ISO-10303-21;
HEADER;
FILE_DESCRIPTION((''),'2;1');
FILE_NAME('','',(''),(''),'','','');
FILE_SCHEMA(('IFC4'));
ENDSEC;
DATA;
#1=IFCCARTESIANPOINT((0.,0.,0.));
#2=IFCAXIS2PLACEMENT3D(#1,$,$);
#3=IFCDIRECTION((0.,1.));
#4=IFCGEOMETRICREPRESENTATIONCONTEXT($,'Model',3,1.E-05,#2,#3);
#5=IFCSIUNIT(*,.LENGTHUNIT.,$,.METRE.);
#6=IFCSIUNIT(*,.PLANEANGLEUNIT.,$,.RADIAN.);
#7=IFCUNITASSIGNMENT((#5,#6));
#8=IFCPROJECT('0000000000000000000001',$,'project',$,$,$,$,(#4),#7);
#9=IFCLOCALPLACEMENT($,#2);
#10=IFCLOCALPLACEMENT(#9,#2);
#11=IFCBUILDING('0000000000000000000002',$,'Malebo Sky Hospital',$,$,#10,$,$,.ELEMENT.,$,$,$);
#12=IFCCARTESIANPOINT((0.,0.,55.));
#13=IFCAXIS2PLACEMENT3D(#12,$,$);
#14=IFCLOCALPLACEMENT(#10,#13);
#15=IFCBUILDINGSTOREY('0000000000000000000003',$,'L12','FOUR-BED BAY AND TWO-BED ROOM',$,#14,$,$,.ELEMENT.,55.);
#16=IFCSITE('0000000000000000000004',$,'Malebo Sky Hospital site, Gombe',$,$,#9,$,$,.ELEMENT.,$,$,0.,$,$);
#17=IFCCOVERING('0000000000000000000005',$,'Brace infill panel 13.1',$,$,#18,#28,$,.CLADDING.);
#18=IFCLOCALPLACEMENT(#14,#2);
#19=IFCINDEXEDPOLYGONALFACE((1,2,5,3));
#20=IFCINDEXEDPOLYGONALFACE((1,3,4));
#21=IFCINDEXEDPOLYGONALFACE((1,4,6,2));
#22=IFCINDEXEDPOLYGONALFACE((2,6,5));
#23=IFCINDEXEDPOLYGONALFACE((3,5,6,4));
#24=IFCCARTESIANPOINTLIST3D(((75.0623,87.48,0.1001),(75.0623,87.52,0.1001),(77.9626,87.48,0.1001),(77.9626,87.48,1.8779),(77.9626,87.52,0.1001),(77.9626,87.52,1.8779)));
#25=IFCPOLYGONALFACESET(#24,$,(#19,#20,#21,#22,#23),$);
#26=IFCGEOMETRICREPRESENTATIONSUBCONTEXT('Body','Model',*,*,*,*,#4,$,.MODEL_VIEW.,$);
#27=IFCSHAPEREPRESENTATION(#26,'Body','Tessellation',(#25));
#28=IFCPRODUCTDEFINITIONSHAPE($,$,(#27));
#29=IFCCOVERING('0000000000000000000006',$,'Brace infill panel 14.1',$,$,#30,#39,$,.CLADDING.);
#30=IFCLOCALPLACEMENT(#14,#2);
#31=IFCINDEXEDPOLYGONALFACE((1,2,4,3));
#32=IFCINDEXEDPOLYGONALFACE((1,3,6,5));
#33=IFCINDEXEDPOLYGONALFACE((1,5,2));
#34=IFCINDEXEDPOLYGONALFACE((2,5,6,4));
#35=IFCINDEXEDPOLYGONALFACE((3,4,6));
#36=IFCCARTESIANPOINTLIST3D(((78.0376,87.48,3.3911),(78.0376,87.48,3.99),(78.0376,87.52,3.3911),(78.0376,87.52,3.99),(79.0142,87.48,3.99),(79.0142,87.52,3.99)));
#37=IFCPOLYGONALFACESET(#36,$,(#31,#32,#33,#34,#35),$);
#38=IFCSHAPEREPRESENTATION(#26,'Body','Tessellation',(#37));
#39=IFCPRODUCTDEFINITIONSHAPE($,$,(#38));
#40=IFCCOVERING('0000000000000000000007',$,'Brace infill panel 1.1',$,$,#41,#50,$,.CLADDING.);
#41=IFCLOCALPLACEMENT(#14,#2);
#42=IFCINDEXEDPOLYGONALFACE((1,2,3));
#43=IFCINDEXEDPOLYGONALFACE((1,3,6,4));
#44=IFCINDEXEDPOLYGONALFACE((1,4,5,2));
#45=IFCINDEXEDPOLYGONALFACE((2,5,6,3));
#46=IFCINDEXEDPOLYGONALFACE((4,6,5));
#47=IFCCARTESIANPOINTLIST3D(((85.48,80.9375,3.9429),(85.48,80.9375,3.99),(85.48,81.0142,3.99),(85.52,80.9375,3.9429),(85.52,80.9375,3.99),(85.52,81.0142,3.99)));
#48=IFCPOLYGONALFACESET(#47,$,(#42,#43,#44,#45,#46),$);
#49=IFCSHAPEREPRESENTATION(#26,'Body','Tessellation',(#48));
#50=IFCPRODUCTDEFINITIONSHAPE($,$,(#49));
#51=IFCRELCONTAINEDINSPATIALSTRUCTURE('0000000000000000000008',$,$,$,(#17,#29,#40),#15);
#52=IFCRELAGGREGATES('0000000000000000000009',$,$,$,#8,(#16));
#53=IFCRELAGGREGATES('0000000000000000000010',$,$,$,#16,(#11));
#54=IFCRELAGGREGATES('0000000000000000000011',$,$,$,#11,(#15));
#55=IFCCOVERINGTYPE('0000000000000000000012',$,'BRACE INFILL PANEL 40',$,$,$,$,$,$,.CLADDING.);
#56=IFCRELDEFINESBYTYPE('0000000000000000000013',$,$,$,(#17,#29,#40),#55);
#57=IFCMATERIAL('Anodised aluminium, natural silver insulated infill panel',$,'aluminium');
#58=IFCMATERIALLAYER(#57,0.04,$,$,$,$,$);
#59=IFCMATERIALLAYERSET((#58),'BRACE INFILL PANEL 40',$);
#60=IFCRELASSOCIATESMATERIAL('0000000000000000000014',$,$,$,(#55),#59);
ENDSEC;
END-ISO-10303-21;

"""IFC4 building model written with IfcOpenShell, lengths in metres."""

from ifc_helpers import new_model, si_unit, direction, frame, origin, place, context, subcontext, project, spatial, polyline, outline, extrude, material, layer, layer_set, type_object, element, save


model = new_model("IFC4")

# Units and contexts
model_context = context("Model", 3, precision=1e-05, world=origin(), true_north=direction((0.0, 1.0)))
body_context = subcontext(model_context, "Body", "Model", "MODEL_VIEW")
ifc_project = project(units=[si_unit("LENGTHUNIT", "METRE"), si_unit("PLANEANGLEUNIT", "RADIAN")], contexts=[model_context])

# Site, building, storey
site_placement = place(None, origin())
site = spatial("IfcSite", under=ifc_project, at=site_placement, Name="Malebo Sky Hospital site, Gombe", CompositionType="ELEMENT", RefElevation=0.0)
building_placement = place(site_placement, origin())
building = spatial("IfcBuilding", under=site, at=building_placement, Name="Malebo Sky Hospital", CompositionType="ELEMENT")
storey_placement = place(building_placement, frame((0.0, 0.0, 55.0)))
storey = spatial("IfcBuildingStorey", under=building, at=storey_placement, Name="L12", Description="FOUR-BED BAY AND TWO-BED ROOM", CompositionType="ELEMENT", Elevation=55.0)

# Coverings
ifc_material_1 = material(Name="Anodised aluminium, natural silver insulated infill panel", Category="aluminium")
ifc_layer_1 = layer(ifc_material_1, 0.04)
ifc_layer_set_1 = layer_set([ifc_layer_1], Name="BRACE INFILL PANEL 40")
covering_type = type_object("IfcCoveringType", Name="BRACE INFILL PANEL 40", PredefinedType="CLADDING", material=ifc_layer_set_1)
covering_1_placement = place(storey_placement, frame((76.5125, 87.5, 0.1001), z_axis=(0.0, 0.0, 1.0), x_axis=(1.0, 0.0, 0.0)))
element("IfcCovering", 1, at=covering_1_placement, inside=storey, type_object=covering_type, Name="Brace infill panel 13.1", PredefinedType="CLADDING", context=body_context, shape_type="SweptSolid", body=[
    extrude(outline(polyline([(-1.4502, 0.0), (1.4502, 0.0), (1.4502, 1.7778), (-1.4502, 0.0)])), frame((0.0, 0.02, 0.0), z_axis=(0.0, -1.0, 0.0), x_axis=(1.0, 0.0, 0.0)), (0.0, 0.0, 1.0), 0.04),
])
covering_2_placement = place(storey_placement, frame((78.5259, 87.5, 3.3911), z_axis=(0.0, 0.0, 1.0), x_axis=(1.0, 0.0, 0.0)))
element("IfcCovering", 2, at=covering_2_placement, inside=storey, type_object=covering_type, Name="Brace infill panel 14.1", PredefinedType="CLADDING", context=body_context, shape_type="SweptSolid", body=[
    extrude(outline(polyline([(-0.4883, 0.0), (0.4883, 0.5989), (-0.4883, 0.5989), (-0.4883, 0.0)])), frame((0.0, 0.02, 0.0), z_axis=(0.0, -1.0, 0.0), x_axis=(1.0, 0.0, 0.0)), (0.0, 0.0, 1.0), 0.04),
])
covering_3_placement = place(storey_placement, frame((85.5, 80.9758, 3.9429), z_axis=(0.0, 0.0, 1.0), x_axis=(0.0, -1.0, 0.0)))
element("IfcCovering", 3, at=covering_3_placement, inside=storey, type_object=covering_type, Name="Brace infill panel 1.1", PredefinedType="CLADDING", context=body_context, shape_type="SweptSolid", body=[
    extrude(outline(polyline([(0.0383, 0.0), (0.0383, 0.0471), (-0.0383, 0.0471), (0.0383, 0.0)])), frame((0.0, 0.02, 0.0), z_axis=(0.0, -1.0, 0.0), x_axis=(1.0, 0.0, 0.0)), (0.0, 0.0, 1.0), 0.04),
])

save(model, "model.ifc")
